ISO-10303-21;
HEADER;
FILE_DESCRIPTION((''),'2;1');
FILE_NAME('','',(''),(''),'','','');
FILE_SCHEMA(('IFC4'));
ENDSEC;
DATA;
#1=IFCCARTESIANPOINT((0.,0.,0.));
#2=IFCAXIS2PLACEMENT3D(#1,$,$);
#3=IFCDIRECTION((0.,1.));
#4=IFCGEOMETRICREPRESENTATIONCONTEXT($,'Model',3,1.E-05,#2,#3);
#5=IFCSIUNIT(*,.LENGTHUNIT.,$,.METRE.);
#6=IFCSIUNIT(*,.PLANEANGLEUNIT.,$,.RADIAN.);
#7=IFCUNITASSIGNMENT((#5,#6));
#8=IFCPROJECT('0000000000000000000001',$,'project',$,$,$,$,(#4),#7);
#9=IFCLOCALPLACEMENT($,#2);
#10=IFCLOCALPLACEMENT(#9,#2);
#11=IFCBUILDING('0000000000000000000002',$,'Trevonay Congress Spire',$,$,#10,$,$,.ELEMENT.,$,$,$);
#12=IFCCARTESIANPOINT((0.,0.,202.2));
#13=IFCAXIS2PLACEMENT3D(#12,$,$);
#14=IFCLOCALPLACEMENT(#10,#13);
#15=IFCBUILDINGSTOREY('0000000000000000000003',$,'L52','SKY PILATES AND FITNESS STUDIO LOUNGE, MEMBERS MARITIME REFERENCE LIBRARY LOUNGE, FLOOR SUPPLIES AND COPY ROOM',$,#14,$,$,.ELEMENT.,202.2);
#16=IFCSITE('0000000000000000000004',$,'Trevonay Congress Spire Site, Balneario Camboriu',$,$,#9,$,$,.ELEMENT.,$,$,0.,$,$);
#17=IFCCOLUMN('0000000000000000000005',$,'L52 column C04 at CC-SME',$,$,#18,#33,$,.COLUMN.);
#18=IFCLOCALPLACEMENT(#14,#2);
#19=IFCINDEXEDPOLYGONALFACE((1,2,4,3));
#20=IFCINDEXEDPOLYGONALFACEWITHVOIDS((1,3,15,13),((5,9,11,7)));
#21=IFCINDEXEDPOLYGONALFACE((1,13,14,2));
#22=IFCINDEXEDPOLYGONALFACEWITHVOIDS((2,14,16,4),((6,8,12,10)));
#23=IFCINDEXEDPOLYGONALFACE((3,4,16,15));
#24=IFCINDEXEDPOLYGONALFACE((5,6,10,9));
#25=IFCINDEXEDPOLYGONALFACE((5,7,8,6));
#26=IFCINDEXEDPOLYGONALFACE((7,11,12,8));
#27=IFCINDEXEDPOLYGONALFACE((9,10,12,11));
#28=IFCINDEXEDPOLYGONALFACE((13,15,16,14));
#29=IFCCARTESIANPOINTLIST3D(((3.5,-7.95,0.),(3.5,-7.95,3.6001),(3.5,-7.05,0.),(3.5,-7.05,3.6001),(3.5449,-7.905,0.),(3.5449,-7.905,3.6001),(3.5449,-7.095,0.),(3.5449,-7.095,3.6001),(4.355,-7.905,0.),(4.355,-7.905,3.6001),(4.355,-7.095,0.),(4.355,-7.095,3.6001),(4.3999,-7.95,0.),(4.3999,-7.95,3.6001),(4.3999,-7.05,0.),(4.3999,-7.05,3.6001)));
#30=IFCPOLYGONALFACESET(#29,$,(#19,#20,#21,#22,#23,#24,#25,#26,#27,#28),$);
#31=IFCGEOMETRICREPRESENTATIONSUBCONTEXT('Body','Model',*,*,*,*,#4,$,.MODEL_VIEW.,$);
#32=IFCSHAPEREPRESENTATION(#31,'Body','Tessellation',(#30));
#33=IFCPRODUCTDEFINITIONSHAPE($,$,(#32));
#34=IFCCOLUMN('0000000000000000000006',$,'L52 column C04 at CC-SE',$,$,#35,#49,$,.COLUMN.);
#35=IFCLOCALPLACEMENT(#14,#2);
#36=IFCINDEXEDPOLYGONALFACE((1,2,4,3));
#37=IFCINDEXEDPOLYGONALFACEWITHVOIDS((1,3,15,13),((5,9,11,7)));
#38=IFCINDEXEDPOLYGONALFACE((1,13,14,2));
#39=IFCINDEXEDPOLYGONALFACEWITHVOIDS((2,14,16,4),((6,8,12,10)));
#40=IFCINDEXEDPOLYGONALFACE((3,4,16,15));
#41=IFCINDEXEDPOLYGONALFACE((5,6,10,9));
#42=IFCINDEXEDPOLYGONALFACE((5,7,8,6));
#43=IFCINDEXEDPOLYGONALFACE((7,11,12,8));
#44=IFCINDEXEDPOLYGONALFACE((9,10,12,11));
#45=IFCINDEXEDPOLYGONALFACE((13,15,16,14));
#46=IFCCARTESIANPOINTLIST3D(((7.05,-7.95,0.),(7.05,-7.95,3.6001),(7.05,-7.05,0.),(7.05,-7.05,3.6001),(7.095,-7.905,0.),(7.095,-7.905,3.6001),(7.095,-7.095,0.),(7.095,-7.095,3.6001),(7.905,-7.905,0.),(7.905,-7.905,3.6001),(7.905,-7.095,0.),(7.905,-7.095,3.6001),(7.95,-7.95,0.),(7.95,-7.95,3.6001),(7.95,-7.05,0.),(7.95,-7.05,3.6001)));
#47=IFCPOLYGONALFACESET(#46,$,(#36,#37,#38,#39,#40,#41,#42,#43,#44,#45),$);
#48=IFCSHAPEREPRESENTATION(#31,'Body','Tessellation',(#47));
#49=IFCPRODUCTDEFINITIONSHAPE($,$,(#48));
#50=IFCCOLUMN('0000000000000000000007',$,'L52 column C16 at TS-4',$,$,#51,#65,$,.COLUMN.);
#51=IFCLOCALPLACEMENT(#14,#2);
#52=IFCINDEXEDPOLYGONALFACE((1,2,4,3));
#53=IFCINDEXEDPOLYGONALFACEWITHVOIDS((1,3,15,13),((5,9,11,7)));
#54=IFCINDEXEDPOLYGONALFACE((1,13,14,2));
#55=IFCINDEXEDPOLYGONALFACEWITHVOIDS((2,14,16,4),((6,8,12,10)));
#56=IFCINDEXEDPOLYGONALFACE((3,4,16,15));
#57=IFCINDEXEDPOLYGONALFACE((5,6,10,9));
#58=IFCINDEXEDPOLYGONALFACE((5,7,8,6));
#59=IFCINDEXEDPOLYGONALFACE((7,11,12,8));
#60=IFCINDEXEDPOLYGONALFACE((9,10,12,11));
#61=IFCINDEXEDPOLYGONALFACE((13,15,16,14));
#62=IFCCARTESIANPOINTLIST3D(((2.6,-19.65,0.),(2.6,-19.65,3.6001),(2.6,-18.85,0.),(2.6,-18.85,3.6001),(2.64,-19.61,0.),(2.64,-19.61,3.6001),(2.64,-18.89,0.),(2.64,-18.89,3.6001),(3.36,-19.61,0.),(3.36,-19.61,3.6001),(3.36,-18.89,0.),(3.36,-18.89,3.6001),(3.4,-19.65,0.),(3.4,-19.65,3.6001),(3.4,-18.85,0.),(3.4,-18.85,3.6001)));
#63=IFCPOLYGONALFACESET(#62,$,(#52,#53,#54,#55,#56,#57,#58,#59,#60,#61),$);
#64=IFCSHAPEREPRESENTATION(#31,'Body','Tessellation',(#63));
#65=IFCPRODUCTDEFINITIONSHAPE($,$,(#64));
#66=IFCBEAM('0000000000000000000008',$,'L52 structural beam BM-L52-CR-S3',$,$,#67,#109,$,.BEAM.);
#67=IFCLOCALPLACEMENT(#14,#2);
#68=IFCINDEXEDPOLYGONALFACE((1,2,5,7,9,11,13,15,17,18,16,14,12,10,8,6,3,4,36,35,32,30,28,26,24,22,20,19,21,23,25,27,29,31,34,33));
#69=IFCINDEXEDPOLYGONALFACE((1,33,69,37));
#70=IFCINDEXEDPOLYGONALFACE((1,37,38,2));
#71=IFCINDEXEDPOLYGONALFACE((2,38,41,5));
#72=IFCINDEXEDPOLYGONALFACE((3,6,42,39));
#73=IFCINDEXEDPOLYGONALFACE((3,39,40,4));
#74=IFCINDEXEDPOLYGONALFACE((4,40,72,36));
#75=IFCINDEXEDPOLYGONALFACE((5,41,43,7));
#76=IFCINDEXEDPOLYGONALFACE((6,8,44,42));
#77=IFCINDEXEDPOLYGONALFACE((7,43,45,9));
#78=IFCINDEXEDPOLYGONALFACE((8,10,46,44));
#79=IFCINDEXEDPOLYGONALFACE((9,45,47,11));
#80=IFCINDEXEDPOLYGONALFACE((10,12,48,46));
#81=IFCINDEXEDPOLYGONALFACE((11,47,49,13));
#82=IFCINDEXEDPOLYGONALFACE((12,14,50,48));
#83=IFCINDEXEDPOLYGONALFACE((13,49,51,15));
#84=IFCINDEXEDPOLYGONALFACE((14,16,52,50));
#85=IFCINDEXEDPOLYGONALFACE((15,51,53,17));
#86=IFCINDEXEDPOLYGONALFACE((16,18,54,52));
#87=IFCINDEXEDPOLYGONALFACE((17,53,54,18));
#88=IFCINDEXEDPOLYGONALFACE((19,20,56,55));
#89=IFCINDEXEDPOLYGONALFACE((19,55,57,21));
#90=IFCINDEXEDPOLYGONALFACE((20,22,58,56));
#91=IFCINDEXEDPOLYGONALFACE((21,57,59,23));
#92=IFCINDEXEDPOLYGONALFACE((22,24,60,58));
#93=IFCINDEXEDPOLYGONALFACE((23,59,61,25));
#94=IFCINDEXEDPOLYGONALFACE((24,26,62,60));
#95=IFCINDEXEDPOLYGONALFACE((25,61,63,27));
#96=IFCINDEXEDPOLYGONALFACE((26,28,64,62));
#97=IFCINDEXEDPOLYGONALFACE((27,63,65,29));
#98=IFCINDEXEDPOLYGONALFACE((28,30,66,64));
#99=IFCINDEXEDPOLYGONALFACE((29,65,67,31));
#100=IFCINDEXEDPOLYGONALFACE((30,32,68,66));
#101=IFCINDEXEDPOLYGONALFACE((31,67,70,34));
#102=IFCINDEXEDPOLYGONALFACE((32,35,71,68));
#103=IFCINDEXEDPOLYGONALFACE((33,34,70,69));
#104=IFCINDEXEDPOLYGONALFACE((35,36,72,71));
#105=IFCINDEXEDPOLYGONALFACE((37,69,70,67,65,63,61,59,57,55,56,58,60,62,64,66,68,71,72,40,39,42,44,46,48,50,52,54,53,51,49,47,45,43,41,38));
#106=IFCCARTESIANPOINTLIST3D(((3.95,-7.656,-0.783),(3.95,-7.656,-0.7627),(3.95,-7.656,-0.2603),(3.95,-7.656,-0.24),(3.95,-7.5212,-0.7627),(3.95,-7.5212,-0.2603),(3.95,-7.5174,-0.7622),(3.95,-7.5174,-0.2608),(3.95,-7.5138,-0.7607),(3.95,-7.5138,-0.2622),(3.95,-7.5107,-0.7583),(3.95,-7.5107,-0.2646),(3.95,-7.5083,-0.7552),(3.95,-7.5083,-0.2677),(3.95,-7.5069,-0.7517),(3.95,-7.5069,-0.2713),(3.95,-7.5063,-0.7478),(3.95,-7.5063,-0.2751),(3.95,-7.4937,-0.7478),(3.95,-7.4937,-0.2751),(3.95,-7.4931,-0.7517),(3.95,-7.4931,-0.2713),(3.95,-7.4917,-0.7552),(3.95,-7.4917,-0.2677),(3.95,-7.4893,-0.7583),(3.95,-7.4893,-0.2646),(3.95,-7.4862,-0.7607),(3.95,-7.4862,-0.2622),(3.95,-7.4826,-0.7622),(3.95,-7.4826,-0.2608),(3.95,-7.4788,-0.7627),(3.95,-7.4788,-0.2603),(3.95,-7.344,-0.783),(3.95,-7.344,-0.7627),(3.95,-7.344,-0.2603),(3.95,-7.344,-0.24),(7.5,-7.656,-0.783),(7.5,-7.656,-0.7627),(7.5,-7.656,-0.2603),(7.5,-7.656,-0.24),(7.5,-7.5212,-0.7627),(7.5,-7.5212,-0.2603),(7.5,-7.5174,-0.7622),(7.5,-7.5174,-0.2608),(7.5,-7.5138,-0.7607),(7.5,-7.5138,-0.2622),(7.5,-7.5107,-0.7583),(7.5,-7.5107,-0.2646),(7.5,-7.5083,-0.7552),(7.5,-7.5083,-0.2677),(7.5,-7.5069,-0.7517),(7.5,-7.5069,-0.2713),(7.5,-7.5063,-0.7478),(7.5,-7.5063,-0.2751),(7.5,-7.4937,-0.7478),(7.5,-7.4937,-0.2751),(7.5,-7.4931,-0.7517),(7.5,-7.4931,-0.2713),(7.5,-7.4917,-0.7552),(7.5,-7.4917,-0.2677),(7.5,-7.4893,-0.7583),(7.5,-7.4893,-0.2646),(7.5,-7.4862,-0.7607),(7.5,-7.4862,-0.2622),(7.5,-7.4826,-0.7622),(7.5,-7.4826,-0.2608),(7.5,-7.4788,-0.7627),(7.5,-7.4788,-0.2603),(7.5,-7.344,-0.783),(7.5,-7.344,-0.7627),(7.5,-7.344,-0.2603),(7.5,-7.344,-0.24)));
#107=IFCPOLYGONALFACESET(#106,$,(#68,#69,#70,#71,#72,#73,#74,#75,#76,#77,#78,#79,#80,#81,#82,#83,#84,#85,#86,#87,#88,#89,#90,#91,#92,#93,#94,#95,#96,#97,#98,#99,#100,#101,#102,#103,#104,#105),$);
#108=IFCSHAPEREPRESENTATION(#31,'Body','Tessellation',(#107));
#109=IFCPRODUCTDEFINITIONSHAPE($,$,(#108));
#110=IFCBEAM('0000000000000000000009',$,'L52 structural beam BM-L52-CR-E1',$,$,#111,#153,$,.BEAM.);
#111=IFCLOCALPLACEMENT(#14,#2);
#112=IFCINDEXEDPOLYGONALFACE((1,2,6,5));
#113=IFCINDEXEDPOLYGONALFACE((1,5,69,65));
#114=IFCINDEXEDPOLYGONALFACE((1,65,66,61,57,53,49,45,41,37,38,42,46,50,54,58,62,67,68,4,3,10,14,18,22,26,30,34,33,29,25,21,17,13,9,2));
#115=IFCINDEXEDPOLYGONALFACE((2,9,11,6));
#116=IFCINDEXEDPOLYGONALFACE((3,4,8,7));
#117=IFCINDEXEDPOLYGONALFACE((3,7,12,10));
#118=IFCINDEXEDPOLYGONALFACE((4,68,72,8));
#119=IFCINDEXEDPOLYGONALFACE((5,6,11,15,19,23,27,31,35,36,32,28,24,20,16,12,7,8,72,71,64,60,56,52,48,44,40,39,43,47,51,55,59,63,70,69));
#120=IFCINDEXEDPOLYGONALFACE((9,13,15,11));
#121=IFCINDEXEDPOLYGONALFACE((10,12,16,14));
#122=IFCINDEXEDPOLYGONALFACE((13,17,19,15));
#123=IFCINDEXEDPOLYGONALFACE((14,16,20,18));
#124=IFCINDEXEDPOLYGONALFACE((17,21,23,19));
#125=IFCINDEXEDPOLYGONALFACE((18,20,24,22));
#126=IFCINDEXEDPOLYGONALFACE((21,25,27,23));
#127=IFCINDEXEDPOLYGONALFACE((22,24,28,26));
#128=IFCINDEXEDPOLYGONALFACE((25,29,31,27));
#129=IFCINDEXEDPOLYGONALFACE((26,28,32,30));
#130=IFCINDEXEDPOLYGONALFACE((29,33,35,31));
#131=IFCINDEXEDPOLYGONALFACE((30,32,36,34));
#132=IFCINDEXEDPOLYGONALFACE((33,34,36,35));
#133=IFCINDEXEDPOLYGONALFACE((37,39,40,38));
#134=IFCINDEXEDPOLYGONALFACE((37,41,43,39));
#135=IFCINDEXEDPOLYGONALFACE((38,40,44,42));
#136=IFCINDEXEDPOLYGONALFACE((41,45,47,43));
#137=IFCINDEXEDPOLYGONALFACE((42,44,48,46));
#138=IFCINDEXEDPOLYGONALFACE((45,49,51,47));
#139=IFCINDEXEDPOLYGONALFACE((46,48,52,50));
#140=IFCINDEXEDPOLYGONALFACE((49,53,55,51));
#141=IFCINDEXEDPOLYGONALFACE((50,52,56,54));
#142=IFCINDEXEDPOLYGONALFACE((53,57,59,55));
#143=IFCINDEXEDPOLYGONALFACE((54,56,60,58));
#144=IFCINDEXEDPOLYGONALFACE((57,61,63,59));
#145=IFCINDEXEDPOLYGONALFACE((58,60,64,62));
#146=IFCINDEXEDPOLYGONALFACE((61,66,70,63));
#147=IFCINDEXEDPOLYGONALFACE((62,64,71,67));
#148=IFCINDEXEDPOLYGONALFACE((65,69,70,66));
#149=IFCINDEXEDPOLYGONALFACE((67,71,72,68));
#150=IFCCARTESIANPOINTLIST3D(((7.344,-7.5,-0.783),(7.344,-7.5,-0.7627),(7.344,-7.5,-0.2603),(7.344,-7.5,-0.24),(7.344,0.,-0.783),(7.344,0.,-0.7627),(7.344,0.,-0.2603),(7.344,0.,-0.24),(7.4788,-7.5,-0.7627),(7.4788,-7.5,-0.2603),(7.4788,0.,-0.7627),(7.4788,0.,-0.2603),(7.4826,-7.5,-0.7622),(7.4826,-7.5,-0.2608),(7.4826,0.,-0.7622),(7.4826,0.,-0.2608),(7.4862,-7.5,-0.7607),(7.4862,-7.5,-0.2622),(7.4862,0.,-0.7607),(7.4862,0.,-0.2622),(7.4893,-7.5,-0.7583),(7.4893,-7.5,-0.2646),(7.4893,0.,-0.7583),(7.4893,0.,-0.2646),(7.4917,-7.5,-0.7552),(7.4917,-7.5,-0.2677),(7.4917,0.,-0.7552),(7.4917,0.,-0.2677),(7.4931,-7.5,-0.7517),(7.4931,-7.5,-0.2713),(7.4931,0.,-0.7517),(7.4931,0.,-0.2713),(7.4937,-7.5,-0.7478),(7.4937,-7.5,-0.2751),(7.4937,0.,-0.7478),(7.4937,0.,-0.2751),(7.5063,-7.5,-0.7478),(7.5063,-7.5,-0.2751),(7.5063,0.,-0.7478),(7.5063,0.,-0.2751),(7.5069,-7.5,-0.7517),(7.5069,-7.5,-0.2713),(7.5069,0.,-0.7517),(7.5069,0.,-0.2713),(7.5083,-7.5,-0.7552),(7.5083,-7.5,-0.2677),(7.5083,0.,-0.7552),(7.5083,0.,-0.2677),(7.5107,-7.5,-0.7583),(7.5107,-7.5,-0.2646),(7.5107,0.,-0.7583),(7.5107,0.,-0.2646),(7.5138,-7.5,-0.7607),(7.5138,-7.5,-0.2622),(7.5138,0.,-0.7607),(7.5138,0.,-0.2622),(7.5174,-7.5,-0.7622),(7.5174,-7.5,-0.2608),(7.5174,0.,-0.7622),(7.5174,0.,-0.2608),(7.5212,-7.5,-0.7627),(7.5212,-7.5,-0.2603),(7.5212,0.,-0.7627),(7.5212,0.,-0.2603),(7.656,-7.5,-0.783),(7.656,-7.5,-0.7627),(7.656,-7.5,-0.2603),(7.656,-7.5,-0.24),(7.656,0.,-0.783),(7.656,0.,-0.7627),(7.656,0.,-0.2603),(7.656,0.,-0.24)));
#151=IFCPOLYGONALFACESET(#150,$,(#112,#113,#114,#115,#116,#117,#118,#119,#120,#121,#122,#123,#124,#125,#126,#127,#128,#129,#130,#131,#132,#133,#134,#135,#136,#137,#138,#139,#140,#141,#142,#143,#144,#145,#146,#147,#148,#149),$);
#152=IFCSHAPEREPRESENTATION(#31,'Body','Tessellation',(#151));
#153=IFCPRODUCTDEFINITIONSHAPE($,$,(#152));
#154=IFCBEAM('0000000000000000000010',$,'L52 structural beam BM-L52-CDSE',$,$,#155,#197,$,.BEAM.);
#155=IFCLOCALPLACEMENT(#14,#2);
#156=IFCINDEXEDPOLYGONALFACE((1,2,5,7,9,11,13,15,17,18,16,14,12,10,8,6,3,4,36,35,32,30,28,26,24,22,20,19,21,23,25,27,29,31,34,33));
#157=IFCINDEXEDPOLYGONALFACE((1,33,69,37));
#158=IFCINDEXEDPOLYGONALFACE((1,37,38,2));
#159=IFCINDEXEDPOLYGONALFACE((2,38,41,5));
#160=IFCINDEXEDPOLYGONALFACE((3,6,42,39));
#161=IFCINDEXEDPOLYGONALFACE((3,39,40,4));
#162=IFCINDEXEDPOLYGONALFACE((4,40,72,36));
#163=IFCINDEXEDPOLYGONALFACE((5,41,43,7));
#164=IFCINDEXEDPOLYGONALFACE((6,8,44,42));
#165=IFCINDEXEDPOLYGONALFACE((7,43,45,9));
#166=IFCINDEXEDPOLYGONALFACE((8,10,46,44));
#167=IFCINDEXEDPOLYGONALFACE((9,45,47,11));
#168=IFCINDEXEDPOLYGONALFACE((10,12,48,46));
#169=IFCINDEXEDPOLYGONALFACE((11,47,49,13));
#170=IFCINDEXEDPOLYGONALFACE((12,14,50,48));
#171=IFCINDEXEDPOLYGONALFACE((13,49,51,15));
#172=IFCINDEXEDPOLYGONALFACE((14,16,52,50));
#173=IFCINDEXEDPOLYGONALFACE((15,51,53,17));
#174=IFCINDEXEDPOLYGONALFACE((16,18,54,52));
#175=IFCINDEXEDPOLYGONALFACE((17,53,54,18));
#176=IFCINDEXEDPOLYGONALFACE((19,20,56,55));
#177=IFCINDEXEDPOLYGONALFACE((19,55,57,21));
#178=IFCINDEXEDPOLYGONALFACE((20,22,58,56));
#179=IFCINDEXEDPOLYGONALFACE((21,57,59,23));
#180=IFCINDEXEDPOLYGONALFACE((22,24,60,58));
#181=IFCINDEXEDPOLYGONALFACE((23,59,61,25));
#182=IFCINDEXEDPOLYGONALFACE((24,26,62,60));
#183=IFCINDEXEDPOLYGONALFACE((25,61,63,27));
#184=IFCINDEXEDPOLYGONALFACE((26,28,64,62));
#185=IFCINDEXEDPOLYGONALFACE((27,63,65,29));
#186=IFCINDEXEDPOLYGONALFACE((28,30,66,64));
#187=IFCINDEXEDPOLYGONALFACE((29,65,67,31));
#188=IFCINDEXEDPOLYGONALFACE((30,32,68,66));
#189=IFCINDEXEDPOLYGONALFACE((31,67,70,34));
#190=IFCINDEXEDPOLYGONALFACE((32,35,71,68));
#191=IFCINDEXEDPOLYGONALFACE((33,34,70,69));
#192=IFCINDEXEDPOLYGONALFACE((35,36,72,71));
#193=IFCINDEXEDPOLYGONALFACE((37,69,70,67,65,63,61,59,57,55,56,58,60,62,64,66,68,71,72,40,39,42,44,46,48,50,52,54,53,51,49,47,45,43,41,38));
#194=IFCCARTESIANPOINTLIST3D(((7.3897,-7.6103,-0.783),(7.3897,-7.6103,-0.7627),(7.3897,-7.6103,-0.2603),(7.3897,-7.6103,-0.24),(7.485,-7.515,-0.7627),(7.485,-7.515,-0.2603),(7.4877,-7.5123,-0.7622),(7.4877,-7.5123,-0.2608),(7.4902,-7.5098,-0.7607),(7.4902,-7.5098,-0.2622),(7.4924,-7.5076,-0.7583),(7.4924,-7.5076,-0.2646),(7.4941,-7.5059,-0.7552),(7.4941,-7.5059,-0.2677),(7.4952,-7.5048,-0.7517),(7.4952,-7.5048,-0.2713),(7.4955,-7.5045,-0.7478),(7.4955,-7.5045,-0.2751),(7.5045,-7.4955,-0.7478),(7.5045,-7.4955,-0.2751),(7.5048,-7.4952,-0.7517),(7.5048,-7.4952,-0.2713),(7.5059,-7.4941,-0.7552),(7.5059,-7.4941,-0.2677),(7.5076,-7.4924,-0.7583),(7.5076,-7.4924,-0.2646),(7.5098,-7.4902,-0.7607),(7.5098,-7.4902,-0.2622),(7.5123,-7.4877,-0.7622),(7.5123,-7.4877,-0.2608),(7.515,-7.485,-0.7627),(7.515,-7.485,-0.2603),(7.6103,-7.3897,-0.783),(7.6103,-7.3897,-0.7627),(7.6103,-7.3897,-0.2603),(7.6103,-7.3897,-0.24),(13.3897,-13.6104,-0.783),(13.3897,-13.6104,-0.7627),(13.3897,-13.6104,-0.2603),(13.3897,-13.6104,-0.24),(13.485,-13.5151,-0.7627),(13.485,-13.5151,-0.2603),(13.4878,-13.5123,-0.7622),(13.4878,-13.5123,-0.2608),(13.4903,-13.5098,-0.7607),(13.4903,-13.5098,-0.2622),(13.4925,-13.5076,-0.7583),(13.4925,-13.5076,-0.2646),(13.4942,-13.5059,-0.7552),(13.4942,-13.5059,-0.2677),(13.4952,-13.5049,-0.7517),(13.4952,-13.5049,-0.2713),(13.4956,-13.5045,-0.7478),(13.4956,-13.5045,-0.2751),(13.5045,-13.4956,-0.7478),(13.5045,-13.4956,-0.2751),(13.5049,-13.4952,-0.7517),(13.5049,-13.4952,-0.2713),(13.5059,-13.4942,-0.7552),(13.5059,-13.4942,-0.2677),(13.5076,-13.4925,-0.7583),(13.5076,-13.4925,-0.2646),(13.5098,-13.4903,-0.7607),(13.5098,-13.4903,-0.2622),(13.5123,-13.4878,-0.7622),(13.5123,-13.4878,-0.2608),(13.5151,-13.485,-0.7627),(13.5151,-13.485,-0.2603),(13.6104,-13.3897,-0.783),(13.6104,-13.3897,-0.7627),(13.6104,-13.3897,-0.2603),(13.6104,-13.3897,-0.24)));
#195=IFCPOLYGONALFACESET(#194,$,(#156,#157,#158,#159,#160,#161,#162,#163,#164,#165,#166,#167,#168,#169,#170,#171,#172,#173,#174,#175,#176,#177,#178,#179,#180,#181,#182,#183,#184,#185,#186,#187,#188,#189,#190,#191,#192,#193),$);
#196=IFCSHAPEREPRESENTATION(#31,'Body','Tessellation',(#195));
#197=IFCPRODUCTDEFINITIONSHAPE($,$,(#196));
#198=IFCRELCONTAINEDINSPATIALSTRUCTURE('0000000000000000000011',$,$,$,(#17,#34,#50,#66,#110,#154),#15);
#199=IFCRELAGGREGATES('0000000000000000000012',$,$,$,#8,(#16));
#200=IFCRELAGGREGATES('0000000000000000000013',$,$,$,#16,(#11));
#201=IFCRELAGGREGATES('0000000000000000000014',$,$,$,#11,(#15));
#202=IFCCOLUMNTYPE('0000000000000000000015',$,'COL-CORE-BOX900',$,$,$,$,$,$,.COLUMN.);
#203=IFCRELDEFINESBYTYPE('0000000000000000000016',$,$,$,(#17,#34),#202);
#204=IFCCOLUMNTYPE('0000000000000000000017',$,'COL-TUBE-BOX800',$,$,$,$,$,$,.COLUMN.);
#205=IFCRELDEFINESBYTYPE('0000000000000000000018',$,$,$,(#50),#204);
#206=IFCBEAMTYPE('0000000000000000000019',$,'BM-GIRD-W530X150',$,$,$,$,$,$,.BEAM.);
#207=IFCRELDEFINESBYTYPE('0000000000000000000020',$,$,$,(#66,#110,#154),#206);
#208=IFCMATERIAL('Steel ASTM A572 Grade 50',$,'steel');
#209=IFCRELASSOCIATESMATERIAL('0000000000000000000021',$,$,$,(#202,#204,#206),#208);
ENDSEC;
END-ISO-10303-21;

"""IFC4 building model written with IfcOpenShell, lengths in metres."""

from ifc_helpers import new_model, si_unit, direction, frame, origin, origin_2d, place, context, subcontext, project, spatial, hollow_rectangle, i_section, extrude, material, material_profile, profile_set, type_object, element, save


model = new_model("IFC4")

# Units and contexts
model_context = context("Model", 3, precision=1e-05, world=origin(), true_north=direction((0.0, 1.0)))
body_context = subcontext(model_context, "Body", "Model", "MODEL_VIEW")
ifc_project = project(units=[si_unit("LENGTHUNIT", "METRE"), si_unit("PLANEANGLEUNIT", "RADIAN")], contexts=[model_context])

# Site, building, storey
site_placement = place(None, origin())
site = spatial("IfcSite", under=ifc_project, at=site_placement, Name="Trevonay Congress Spire Site, Balneario Camboriu", CompositionType="ELEMENT", RefElevation=0.0)
building_placement = place(site_placement, origin())
building = spatial("IfcBuilding", under=site, at=building_placement, Name="Trevonay Congress Spire", CompositionType="ELEMENT")
storey_placement = place(building_placement, frame((0.0, 0.0, 202.2)))
storey = spatial("IfcBuildingStorey", under=building, at=storey_placement, Name="L52", Description="SKY PILATES AND FITNESS STUDIO LOUNGE, MEMBERS MARITIME REFERENCE LIBRARY LOUNGE, FLOOR SUPPLIES AND COPY ROOM", CompositionType="ELEMENT", Elevation=202.2)

# Columns
ifc_material_1 = material(Name="Steel ASTM A572 Grade 50", Category="steel")
ifc_material_profile_1 = material_profile(ifc_material_1, hollow_rectangle(XDim=0.8999, YDim=0.8999, WallThickness=0.0449, at=origin_2d()), Name="BOX 900x900x45")
ifc_profile_set_1 = profile_set([ifc_material_profile_1], Name="Steel ASTM A572 Grade 50")
column_type_1 = type_object("IfcColumnType", Name="COL-CORE-BOX900", PredefinedType="COLUMN", material=ifc_profile_set_1)
for number, where, z_axis, x_axis, name in (
    (1, (3.95, -7.5, 0.0), (0.0, 0.0, 1.0), (1.0, 0.0, 0.0), "L52 column C04 at CC-SME"),
    (2, (7.5, -7.5, 0.0), (0.0, 0.0, 1.0), (1.0, 0.0, 0.0), "L52 column C04 at CC-SE"),
):
    element("IfcColumn", number, at=place(storey_placement, frame(where, z_axis=z_axis, x_axis=x_axis)), inside=storey, type_object=column_type_1, Name=name, PredefinedType="COLUMN", context=body_context, shape_type="SweptSolid", body=[
        extrude(hollow_rectangle(XDim=0.8999, YDim=0.8999, WallThickness=0.0449, at=origin_2d()), origin(), (0.0, 0.0, 1.0), 3.6001),
    ])
ifc_material_profile_2 = material_profile(ifc_material_1, hollow_rectangle(XDim=0.8, YDim=0.8, WallThickness=0.04, at=origin_2d()), Name="BOX 800x800x40")
ifc_profile_set_2 = profile_set([ifc_material_profile_2], Name="Steel ASTM A572 Grade 50")
column_type_2 = type_object("IfcColumnType", Name="COL-TUBE-BOX800", PredefinedType="COLUMN", material=ifc_profile_set_2)
column_placement = place(storey_placement, frame((3.0, -19.25, 0.0), z_axis=(0.0, 0.0, 1.0), x_axis=(1.0, 0.0, 0.0)))
element("IfcColumn", 3, at=column_placement, inside=storey, type_object=column_type_2, Name="L52 column C16 at TS-4", PredefinedType="COLUMN", context=body_context, shape_type="SweptSolid", body=[
    extrude(hollow_rectangle(XDim=0.8, YDim=0.8, WallThickness=0.04, at=origin_2d()), origin(), (0.0, 0.0, 1.0), 3.6001),
])

# Beams
ifc_material_profile_3 = material_profile(ifc_material_1, i_section(OverallWidth=0.312, OverallDepth=0.543, WebThickness=0.0127, FlangeThickness=0.0203, FilletRadius=0.0149, at=origin_2d()), Name="W530x150")
ifc_profile_set_3 = profile_set([ifc_material_profile_3], Name="Steel ASTM A572 Grade 50")
beam_type_1 = type_object("IfcBeamType", Name="BM-GIRD-W530X150", PredefinedType="BEAM", material=ifc_profile_set_3)
beam_1_placement = place(storey_placement, frame((3.95, -7.5, -0.5115), z_axis=(1.0, 0.0, 0.0), x_axis=(0.0, 1.0, 0.0)))
element("IfcBeam", 4, at=beam_1_placement, inside=storey, type_object=beam_type_1, Name="L52 structural beam BM-L52-CR-S3", PredefinedType="BEAM", context=body_context, shape_type="SweptSolid", body=[
    extrude(i_section(OverallWidth=0.312, OverallDepth=0.543, WebThickness=0.0127, FlangeThickness=0.0203, FilletRadius=0.0149, at=origin_2d()), origin(), (0.0, 0.0, 1.0), 3.55),
])
beam_2_placement = place(storey_placement, frame((7.5, -7.5, -0.5115), z_axis=(0.0, 1.0, 0.0), x_axis=(-1.0, 0.0, 0.0)))
element("IfcBeam", 5, at=beam_2_placement, inside=storey, type_object=beam_type_1, Name="L52 structural beam BM-L52-CR-E1", PredefinedType="BEAM", context=body_context, shape_type="SweptSolid", body=[
    extrude(i_section(OverallWidth=0.312, OverallDepth=0.543, WebThickness=0.0127, FlangeThickness=0.0203, FilletRadius=0.0149, at=origin_2d()), origin(), (0.0, 0.0, 1.0), 7.5),
])
beam_3_placement = place(storey_placement, frame((7.5, -7.5, -0.5115), z_axis=(0.707107, -0.707107, 0.0), x_axis=(0.707107, 0.707107, 0.0)))
element("IfcBeam", 6, at=beam_3_placement, inside=storey, type_object=beam_type_1, Name="L52 structural beam BM-L52-CDSE", PredefinedType="BEAM", context=body_context, shape_type="SweptSolid", body=[
    extrude(i_section(OverallWidth=0.312, OverallDepth=0.543, WebThickness=0.0127, FlangeThickness=0.0203, FilletRadius=0.0149, at=origin_2d()), origin(), (0.0, 0.0, 1.0), 8.4854),
])

save(model, "model.ifc")
